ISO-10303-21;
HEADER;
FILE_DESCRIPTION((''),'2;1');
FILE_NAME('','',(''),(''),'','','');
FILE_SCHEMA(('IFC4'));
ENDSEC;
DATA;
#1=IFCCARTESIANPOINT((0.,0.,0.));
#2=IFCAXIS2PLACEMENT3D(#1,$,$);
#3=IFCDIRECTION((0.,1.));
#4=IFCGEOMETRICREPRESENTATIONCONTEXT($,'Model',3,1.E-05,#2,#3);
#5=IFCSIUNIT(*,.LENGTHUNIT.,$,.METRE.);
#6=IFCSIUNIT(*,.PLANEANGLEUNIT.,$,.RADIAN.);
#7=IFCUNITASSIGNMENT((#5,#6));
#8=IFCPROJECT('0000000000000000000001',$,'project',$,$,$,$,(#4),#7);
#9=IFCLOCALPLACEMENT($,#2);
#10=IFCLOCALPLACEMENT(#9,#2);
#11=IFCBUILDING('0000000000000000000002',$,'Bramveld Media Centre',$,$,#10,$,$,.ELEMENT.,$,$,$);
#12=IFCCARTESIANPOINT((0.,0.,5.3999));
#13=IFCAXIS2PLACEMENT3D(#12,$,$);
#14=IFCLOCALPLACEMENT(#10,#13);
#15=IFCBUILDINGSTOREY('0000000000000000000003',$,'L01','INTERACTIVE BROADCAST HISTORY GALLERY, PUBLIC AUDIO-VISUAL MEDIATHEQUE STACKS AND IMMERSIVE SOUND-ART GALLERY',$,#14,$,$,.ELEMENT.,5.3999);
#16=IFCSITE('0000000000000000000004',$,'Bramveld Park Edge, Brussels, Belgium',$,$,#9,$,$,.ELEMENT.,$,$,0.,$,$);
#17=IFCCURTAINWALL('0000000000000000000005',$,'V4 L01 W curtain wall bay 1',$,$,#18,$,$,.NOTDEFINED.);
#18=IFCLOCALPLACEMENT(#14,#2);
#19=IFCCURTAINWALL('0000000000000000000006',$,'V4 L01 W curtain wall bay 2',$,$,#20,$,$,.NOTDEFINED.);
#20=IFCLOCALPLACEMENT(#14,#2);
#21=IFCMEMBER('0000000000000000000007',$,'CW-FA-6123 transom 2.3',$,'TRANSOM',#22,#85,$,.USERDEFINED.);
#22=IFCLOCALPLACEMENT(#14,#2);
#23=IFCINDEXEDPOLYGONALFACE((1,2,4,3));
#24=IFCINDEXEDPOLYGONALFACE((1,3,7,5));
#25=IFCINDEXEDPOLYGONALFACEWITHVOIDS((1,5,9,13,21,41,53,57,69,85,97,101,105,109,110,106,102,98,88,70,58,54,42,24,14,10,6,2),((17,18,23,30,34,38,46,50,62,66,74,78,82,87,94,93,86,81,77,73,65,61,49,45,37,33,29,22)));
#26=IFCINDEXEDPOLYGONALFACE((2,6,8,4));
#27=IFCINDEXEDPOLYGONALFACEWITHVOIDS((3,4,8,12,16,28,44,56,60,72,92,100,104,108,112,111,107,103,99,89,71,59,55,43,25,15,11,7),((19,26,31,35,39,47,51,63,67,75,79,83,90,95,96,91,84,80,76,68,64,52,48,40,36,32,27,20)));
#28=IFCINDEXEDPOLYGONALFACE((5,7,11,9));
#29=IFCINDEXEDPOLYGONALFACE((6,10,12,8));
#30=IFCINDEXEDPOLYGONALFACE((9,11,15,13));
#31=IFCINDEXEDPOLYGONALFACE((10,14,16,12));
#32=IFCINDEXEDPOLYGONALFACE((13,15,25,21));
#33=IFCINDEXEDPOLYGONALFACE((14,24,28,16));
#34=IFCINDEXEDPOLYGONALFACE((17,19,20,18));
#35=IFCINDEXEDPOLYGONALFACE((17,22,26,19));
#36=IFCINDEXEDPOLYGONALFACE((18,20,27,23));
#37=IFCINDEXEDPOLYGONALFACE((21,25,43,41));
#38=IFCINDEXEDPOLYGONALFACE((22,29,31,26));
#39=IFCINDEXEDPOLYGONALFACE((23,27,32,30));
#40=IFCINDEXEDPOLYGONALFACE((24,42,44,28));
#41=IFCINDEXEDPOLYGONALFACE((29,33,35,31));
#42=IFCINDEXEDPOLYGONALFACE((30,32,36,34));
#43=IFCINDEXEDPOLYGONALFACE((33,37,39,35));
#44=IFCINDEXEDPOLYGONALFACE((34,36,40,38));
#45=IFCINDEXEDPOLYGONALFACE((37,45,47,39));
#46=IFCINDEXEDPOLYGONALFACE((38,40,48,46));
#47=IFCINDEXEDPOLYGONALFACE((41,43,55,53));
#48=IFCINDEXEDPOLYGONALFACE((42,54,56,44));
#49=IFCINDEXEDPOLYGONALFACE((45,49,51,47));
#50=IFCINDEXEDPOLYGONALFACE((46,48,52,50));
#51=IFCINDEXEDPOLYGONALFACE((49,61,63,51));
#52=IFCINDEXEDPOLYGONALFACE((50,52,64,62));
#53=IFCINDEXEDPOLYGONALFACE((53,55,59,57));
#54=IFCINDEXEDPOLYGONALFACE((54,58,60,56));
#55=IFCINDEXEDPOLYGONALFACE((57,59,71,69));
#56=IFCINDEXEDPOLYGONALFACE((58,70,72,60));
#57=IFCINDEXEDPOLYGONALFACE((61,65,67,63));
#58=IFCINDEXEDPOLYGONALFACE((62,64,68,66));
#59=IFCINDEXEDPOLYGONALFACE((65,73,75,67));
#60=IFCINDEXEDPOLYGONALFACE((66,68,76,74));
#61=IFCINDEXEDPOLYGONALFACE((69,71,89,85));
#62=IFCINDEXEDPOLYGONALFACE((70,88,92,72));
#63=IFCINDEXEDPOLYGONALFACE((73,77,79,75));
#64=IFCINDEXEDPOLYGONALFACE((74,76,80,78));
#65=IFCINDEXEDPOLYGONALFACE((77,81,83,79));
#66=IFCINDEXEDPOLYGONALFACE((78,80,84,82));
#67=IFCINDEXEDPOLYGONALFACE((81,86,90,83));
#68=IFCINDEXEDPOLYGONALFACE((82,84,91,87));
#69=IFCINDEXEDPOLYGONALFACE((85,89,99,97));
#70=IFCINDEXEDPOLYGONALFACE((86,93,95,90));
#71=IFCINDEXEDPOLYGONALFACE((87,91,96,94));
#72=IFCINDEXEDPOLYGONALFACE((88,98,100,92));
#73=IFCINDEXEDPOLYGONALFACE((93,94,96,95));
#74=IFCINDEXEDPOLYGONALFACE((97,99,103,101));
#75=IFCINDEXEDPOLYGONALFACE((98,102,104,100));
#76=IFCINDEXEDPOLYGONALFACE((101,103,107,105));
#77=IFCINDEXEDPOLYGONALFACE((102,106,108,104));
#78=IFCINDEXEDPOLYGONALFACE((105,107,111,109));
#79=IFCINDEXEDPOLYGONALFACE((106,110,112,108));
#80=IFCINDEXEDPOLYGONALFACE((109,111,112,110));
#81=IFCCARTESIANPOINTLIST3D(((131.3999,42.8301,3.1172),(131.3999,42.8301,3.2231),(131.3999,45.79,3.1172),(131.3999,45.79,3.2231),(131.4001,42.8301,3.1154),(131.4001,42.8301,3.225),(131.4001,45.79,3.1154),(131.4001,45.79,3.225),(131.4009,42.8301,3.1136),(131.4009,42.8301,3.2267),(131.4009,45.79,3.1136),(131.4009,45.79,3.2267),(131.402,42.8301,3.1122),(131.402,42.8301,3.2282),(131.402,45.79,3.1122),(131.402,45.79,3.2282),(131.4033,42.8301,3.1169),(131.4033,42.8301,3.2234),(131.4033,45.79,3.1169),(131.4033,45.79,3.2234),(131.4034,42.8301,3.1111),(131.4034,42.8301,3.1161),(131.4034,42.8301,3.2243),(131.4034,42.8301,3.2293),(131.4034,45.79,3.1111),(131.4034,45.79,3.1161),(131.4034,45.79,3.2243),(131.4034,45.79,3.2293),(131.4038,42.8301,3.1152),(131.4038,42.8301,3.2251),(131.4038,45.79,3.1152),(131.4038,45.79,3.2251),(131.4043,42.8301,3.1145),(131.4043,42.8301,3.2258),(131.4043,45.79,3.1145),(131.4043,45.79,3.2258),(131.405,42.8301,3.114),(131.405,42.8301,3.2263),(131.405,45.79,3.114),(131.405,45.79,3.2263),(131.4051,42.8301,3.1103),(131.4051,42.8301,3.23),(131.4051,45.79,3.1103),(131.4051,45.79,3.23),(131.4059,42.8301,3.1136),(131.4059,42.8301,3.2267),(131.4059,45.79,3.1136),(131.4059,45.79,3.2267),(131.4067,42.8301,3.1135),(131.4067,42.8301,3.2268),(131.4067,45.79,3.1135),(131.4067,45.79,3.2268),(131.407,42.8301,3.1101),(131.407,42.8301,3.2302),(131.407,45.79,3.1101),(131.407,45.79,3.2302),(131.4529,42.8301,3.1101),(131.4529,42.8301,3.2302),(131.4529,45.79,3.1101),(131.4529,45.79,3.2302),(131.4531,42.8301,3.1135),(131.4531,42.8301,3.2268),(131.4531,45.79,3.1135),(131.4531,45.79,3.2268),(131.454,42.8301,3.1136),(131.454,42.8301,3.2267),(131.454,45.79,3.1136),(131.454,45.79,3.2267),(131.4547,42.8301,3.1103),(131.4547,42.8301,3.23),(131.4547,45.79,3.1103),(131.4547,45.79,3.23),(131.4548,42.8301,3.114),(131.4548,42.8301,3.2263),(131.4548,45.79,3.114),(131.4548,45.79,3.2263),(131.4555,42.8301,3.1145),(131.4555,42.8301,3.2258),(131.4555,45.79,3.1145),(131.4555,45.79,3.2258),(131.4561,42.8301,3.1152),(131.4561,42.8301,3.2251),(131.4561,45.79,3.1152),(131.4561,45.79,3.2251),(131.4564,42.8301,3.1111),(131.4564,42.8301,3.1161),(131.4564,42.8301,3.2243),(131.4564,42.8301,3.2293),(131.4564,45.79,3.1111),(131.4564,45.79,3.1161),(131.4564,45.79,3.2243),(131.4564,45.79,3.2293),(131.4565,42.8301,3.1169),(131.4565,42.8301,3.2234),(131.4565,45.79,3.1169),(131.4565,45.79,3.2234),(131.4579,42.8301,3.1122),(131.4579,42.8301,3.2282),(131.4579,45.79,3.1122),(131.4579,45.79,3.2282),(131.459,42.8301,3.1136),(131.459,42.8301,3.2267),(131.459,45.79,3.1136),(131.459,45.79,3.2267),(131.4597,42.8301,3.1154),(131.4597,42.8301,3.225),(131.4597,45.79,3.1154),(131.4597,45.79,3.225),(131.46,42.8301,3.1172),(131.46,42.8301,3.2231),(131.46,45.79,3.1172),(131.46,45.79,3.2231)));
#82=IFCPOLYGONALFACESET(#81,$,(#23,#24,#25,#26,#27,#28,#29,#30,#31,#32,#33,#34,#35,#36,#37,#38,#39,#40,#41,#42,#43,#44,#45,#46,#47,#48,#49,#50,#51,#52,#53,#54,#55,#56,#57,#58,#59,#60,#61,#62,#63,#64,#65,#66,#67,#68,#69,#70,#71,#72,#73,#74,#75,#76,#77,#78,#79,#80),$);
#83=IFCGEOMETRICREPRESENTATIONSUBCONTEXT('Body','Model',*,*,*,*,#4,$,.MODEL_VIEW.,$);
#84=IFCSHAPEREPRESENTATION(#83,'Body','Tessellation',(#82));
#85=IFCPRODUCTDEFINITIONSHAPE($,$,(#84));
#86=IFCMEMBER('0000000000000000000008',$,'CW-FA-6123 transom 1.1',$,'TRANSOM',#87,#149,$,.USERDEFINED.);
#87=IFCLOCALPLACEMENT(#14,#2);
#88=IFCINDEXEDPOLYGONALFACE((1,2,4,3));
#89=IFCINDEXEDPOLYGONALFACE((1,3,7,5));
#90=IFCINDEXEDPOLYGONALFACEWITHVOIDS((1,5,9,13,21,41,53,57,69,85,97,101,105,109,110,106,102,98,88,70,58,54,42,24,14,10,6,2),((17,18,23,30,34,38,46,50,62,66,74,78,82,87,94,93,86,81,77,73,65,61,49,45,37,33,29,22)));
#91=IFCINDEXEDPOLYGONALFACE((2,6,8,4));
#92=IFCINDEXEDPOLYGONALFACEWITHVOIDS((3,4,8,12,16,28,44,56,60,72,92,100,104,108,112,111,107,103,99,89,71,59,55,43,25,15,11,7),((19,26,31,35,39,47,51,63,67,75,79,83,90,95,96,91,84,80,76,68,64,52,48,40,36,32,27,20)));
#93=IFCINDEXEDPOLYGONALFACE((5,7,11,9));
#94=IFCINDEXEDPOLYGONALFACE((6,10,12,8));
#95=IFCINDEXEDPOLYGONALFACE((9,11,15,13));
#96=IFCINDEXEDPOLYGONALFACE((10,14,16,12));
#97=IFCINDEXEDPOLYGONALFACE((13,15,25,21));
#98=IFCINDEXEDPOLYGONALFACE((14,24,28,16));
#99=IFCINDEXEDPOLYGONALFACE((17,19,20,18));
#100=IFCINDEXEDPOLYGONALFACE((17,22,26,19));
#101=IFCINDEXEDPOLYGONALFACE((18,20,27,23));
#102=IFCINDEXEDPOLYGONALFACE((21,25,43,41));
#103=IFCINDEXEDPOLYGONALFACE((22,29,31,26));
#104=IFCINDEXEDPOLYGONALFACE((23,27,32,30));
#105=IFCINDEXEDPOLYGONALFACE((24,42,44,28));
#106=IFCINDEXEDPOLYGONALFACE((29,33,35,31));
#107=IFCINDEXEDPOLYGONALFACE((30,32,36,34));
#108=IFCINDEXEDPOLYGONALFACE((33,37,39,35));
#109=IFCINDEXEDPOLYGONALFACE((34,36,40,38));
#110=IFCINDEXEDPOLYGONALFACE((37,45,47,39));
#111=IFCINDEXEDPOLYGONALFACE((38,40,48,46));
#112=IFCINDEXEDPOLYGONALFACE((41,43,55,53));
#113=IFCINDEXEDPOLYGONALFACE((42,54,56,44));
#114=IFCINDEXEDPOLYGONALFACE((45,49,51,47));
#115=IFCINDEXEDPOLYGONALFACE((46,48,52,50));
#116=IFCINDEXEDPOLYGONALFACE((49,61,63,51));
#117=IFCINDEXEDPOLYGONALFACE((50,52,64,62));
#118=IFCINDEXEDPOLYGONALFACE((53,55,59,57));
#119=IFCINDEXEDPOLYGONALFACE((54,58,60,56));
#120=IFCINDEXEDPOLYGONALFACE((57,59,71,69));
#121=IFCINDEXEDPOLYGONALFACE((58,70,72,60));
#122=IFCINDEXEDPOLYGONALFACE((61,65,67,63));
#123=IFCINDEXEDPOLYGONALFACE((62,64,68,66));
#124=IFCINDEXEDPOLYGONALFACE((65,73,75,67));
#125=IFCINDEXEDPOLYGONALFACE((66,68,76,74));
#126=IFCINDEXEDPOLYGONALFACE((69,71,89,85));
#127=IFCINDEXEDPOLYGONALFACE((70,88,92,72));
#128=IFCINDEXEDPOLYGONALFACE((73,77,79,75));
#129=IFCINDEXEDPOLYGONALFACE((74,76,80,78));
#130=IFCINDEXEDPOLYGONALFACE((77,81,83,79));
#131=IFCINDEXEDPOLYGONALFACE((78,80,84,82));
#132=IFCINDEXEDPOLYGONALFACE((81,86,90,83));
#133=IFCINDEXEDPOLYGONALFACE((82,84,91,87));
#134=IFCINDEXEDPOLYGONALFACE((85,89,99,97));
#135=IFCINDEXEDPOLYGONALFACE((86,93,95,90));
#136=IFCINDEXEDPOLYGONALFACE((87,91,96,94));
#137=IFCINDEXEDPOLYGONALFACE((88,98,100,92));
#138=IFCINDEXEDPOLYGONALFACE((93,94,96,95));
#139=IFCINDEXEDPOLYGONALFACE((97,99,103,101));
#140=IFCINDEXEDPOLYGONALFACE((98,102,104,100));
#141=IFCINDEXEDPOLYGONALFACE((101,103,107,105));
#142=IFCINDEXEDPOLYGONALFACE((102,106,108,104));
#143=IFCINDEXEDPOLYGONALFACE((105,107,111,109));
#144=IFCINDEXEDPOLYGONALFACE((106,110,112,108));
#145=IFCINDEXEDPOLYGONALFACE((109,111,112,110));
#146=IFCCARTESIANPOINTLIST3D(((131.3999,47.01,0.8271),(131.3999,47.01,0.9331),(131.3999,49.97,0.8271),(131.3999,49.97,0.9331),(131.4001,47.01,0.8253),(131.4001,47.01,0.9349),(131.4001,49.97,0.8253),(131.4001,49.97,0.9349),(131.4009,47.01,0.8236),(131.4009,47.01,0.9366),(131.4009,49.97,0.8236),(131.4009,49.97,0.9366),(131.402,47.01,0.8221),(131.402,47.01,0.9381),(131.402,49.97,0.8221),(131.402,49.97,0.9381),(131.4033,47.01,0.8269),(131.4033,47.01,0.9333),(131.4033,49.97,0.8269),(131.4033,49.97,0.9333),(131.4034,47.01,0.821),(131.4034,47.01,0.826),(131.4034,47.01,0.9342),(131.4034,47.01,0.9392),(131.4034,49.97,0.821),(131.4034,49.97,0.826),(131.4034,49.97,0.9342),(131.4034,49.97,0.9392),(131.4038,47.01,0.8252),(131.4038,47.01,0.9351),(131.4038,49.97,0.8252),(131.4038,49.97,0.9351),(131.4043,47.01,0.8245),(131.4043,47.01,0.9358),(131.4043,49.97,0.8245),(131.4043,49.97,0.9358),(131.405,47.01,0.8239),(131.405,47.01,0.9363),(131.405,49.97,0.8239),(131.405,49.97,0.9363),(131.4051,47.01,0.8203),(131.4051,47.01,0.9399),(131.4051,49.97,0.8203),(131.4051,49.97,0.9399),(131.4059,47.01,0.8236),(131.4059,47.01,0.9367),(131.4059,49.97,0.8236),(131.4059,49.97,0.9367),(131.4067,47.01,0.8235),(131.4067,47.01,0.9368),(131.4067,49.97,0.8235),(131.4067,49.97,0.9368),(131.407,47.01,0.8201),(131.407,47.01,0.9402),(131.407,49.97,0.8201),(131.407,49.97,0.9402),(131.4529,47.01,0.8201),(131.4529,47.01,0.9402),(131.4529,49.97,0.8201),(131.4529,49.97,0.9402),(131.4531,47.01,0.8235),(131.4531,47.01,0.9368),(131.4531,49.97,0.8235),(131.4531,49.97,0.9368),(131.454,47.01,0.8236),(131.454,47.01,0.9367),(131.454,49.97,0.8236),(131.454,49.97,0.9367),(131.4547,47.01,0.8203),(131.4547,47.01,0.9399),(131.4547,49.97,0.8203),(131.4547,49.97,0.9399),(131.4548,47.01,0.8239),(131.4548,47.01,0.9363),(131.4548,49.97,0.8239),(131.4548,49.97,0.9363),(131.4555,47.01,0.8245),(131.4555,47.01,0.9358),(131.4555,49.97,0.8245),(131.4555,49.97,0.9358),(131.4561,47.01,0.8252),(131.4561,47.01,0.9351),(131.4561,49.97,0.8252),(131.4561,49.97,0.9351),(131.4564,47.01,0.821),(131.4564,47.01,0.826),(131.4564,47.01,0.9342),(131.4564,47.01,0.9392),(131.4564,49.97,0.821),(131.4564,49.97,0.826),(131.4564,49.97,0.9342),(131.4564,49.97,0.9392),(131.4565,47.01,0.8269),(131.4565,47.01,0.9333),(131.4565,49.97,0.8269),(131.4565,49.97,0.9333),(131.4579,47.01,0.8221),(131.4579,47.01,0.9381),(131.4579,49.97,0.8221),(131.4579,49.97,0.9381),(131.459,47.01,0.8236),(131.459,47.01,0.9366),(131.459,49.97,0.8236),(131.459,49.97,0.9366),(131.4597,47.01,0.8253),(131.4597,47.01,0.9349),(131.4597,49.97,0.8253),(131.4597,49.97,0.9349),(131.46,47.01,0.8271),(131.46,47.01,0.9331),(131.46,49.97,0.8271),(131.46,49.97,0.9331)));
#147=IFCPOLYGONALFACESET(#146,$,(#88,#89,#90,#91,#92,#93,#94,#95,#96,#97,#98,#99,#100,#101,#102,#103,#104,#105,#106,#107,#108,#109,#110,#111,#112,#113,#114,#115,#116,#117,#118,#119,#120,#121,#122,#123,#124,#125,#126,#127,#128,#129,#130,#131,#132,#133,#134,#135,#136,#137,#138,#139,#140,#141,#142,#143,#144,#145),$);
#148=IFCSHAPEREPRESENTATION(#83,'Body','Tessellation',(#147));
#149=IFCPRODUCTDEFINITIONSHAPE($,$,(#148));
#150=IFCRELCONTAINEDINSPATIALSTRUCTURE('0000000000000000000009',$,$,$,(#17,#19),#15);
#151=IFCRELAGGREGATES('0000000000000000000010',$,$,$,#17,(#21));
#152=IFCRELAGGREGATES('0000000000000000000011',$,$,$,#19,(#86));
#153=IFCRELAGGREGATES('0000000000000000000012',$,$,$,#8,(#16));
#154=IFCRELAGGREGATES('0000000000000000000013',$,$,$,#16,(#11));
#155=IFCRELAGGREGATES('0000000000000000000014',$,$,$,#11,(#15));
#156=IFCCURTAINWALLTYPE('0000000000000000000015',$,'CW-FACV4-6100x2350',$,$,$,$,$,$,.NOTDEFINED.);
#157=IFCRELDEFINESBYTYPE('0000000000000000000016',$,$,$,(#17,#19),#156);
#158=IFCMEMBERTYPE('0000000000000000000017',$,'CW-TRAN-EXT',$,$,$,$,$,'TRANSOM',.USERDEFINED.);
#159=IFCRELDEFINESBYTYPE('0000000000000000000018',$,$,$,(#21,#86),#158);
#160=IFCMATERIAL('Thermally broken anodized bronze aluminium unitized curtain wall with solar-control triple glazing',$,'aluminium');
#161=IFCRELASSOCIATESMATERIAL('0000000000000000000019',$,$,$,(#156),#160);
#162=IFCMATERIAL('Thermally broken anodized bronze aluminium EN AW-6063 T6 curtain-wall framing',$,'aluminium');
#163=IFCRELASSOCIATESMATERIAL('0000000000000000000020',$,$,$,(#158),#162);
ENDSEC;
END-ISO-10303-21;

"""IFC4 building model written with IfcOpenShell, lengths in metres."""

from ifc_helpers import new_model, si_unit, direction, frame, origin, origin_2d, place, context, subcontext, project, spatial, hollow_rectangle, extrude, material, material_profile, profile_set, type_object, element, aggregate, save


model = new_model("IFC4")

# Units and contexts
model_context = context("Model", 3, precision=1e-05, world=origin(), true_north=direction((0.0, 1.0)))
body_context = subcontext(model_context, "Body", "Model", "MODEL_VIEW")
ifc_project = project(units=[si_unit("LENGTHUNIT", "METRE"), si_unit("PLANEANGLEUNIT", "RADIAN")], contexts=[model_context])

# Site, building, storey
site_placement = place(None, origin())
site = spatial("IfcSite", under=ifc_project, at=site_placement, Name="Bramveld Park Edge, Brussels, Belgium", CompositionType="ELEMENT", RefElevation=0.0)
building_placement = place(site_placement, origin())
building = spatial("IfcBuilding", under=site, at=building_placement, Name="Bramveld Media Centre", CompositionType="ELEMENT")
storey_placement = place(building_placement, frame((0.0, 0.0, 5.3999)))
storey = spatial("IfcBuildingStorey", under=building, at=storey_placement, Name="L01", Description="INTERACTIVE BROADCAST HISTORY GALLERY, PUBLIC AUDIO-VISUAL MEDIATHEQUE STACKS AND IMMERSIVE SOUND-ART GALLERY", CompositionType="ELEMENT", Elevation=5.3999)

# Curtain walls
ifc_material_1 = material(Name="Thermally broken anodized bronze aluminium unitized curtain wall with solar-control triple glazing", Category="aluminium")
curtain_wall_type = type_object("IfcCurtainWallType", Name="CW-FACV4-6100x2350", PredefinedType="NOTDEFINED", material=ifc_material_1)
curtain_wall_1_placement = place(storey_placement, origin())
curtain_wall_1 = element("IfcCurtainWall", 1, at=curtain_wall_1_placement, inside=storey, type_object=curtain_wall_type, Name="V4 L01 W curtain wall bay 1", PredefinedType="NOTDEFINED")
curtain_wall_2_placement = place(storey_placement, origin())
curtain_wall_2 = element("IfcCurtainWall", 2, at=curtain_wall_2_placement, inside=storey, type_object=curtain_wall_type, Name="V4 L01 W curtain wall bay 2", PredefinedType="NOTDEFINED")

# Members
ifc_material_2 = material(Name="Thermally broken anodized bronze aluminium EN AW-6063 T6 curtain-wall framing", Category="aluminium")
ifc_material_profile_1 = material_profile(ifc_material_2, hollow_rectangle(XDim=0.0601, YDim=0.1201, WallThickness=0.0034, InnerFilletRadius=0.0034, OuterFilletRadius=0.0071, at=origin_2d()), Name="AL-TRAN 60x120")
ifc_profile_set_1 = profile_set([ifc_material_profile_1], Name="Thermally broken anodized bronze aluminium EN AW-6063 T6 curtain-wall framing")
member_type_1 = type_object("IfcMemberType", Name="CW-TRAN-EXT", ElementType="TRANSOM", PredefinedType="USERDEFINED", material=ifc_profile_set_1)
member_1_placement = place(storey_placement, frame((131.4299, 42.8301, 3.1702), z_axis=(0.0, 1.0, 0.0), x_axis=(-1.0, 0.0, 0.0)))
member_1 = element("IfcMember", 3, at=member_1_placement, type_object=member_type_1, Name="CW-FA-6123 transom 2.3", ObjectType="TRANSOM", PredefinedType="USERDEFINED", context=body_context, shape_type="SweptSolid", body=[
    extrude(hollow_rectangle(XDim=0.0601, YDim=0.1201, WallThickness=0.0034, InnerFilletRadius=0.0034, OuterFilletRadius=0.0071, at=origin_2d()), origin(), (0.0, 0.0, 1.0), 2.96),
])
member_2_placement = place(storey_placement, frame((131.4299, 47.01, 0.8801), z_axis=(0.0, 1.0, 0.0), x_axis=(-1.0, 0.0, 0.0)))
member_2 = element("IfcMember", 4, at=member_2_placement, type_object=member_type_1, Name="CW-FA-6123 transom 1.1", ObjectType="TRANSOM", PredefinedType="USERDEFINED", context=body_context, shape_type="SweptSolid", body=[
    extrude(hollow_rectangle(XDim=0.0601, YDim=0.1201, WallThickness=0.0034, InnerFilletRadius=0.0034, OuterFilletRadius=0.0071, at=origin_2d()), origin(), (0.0, 0.0, 1.0), 2.96),
])

aggregate(curtain_wall_1, [member_1])
aggregate(curtain_wall_2, [member_2])

save(model, "model.ifc")
